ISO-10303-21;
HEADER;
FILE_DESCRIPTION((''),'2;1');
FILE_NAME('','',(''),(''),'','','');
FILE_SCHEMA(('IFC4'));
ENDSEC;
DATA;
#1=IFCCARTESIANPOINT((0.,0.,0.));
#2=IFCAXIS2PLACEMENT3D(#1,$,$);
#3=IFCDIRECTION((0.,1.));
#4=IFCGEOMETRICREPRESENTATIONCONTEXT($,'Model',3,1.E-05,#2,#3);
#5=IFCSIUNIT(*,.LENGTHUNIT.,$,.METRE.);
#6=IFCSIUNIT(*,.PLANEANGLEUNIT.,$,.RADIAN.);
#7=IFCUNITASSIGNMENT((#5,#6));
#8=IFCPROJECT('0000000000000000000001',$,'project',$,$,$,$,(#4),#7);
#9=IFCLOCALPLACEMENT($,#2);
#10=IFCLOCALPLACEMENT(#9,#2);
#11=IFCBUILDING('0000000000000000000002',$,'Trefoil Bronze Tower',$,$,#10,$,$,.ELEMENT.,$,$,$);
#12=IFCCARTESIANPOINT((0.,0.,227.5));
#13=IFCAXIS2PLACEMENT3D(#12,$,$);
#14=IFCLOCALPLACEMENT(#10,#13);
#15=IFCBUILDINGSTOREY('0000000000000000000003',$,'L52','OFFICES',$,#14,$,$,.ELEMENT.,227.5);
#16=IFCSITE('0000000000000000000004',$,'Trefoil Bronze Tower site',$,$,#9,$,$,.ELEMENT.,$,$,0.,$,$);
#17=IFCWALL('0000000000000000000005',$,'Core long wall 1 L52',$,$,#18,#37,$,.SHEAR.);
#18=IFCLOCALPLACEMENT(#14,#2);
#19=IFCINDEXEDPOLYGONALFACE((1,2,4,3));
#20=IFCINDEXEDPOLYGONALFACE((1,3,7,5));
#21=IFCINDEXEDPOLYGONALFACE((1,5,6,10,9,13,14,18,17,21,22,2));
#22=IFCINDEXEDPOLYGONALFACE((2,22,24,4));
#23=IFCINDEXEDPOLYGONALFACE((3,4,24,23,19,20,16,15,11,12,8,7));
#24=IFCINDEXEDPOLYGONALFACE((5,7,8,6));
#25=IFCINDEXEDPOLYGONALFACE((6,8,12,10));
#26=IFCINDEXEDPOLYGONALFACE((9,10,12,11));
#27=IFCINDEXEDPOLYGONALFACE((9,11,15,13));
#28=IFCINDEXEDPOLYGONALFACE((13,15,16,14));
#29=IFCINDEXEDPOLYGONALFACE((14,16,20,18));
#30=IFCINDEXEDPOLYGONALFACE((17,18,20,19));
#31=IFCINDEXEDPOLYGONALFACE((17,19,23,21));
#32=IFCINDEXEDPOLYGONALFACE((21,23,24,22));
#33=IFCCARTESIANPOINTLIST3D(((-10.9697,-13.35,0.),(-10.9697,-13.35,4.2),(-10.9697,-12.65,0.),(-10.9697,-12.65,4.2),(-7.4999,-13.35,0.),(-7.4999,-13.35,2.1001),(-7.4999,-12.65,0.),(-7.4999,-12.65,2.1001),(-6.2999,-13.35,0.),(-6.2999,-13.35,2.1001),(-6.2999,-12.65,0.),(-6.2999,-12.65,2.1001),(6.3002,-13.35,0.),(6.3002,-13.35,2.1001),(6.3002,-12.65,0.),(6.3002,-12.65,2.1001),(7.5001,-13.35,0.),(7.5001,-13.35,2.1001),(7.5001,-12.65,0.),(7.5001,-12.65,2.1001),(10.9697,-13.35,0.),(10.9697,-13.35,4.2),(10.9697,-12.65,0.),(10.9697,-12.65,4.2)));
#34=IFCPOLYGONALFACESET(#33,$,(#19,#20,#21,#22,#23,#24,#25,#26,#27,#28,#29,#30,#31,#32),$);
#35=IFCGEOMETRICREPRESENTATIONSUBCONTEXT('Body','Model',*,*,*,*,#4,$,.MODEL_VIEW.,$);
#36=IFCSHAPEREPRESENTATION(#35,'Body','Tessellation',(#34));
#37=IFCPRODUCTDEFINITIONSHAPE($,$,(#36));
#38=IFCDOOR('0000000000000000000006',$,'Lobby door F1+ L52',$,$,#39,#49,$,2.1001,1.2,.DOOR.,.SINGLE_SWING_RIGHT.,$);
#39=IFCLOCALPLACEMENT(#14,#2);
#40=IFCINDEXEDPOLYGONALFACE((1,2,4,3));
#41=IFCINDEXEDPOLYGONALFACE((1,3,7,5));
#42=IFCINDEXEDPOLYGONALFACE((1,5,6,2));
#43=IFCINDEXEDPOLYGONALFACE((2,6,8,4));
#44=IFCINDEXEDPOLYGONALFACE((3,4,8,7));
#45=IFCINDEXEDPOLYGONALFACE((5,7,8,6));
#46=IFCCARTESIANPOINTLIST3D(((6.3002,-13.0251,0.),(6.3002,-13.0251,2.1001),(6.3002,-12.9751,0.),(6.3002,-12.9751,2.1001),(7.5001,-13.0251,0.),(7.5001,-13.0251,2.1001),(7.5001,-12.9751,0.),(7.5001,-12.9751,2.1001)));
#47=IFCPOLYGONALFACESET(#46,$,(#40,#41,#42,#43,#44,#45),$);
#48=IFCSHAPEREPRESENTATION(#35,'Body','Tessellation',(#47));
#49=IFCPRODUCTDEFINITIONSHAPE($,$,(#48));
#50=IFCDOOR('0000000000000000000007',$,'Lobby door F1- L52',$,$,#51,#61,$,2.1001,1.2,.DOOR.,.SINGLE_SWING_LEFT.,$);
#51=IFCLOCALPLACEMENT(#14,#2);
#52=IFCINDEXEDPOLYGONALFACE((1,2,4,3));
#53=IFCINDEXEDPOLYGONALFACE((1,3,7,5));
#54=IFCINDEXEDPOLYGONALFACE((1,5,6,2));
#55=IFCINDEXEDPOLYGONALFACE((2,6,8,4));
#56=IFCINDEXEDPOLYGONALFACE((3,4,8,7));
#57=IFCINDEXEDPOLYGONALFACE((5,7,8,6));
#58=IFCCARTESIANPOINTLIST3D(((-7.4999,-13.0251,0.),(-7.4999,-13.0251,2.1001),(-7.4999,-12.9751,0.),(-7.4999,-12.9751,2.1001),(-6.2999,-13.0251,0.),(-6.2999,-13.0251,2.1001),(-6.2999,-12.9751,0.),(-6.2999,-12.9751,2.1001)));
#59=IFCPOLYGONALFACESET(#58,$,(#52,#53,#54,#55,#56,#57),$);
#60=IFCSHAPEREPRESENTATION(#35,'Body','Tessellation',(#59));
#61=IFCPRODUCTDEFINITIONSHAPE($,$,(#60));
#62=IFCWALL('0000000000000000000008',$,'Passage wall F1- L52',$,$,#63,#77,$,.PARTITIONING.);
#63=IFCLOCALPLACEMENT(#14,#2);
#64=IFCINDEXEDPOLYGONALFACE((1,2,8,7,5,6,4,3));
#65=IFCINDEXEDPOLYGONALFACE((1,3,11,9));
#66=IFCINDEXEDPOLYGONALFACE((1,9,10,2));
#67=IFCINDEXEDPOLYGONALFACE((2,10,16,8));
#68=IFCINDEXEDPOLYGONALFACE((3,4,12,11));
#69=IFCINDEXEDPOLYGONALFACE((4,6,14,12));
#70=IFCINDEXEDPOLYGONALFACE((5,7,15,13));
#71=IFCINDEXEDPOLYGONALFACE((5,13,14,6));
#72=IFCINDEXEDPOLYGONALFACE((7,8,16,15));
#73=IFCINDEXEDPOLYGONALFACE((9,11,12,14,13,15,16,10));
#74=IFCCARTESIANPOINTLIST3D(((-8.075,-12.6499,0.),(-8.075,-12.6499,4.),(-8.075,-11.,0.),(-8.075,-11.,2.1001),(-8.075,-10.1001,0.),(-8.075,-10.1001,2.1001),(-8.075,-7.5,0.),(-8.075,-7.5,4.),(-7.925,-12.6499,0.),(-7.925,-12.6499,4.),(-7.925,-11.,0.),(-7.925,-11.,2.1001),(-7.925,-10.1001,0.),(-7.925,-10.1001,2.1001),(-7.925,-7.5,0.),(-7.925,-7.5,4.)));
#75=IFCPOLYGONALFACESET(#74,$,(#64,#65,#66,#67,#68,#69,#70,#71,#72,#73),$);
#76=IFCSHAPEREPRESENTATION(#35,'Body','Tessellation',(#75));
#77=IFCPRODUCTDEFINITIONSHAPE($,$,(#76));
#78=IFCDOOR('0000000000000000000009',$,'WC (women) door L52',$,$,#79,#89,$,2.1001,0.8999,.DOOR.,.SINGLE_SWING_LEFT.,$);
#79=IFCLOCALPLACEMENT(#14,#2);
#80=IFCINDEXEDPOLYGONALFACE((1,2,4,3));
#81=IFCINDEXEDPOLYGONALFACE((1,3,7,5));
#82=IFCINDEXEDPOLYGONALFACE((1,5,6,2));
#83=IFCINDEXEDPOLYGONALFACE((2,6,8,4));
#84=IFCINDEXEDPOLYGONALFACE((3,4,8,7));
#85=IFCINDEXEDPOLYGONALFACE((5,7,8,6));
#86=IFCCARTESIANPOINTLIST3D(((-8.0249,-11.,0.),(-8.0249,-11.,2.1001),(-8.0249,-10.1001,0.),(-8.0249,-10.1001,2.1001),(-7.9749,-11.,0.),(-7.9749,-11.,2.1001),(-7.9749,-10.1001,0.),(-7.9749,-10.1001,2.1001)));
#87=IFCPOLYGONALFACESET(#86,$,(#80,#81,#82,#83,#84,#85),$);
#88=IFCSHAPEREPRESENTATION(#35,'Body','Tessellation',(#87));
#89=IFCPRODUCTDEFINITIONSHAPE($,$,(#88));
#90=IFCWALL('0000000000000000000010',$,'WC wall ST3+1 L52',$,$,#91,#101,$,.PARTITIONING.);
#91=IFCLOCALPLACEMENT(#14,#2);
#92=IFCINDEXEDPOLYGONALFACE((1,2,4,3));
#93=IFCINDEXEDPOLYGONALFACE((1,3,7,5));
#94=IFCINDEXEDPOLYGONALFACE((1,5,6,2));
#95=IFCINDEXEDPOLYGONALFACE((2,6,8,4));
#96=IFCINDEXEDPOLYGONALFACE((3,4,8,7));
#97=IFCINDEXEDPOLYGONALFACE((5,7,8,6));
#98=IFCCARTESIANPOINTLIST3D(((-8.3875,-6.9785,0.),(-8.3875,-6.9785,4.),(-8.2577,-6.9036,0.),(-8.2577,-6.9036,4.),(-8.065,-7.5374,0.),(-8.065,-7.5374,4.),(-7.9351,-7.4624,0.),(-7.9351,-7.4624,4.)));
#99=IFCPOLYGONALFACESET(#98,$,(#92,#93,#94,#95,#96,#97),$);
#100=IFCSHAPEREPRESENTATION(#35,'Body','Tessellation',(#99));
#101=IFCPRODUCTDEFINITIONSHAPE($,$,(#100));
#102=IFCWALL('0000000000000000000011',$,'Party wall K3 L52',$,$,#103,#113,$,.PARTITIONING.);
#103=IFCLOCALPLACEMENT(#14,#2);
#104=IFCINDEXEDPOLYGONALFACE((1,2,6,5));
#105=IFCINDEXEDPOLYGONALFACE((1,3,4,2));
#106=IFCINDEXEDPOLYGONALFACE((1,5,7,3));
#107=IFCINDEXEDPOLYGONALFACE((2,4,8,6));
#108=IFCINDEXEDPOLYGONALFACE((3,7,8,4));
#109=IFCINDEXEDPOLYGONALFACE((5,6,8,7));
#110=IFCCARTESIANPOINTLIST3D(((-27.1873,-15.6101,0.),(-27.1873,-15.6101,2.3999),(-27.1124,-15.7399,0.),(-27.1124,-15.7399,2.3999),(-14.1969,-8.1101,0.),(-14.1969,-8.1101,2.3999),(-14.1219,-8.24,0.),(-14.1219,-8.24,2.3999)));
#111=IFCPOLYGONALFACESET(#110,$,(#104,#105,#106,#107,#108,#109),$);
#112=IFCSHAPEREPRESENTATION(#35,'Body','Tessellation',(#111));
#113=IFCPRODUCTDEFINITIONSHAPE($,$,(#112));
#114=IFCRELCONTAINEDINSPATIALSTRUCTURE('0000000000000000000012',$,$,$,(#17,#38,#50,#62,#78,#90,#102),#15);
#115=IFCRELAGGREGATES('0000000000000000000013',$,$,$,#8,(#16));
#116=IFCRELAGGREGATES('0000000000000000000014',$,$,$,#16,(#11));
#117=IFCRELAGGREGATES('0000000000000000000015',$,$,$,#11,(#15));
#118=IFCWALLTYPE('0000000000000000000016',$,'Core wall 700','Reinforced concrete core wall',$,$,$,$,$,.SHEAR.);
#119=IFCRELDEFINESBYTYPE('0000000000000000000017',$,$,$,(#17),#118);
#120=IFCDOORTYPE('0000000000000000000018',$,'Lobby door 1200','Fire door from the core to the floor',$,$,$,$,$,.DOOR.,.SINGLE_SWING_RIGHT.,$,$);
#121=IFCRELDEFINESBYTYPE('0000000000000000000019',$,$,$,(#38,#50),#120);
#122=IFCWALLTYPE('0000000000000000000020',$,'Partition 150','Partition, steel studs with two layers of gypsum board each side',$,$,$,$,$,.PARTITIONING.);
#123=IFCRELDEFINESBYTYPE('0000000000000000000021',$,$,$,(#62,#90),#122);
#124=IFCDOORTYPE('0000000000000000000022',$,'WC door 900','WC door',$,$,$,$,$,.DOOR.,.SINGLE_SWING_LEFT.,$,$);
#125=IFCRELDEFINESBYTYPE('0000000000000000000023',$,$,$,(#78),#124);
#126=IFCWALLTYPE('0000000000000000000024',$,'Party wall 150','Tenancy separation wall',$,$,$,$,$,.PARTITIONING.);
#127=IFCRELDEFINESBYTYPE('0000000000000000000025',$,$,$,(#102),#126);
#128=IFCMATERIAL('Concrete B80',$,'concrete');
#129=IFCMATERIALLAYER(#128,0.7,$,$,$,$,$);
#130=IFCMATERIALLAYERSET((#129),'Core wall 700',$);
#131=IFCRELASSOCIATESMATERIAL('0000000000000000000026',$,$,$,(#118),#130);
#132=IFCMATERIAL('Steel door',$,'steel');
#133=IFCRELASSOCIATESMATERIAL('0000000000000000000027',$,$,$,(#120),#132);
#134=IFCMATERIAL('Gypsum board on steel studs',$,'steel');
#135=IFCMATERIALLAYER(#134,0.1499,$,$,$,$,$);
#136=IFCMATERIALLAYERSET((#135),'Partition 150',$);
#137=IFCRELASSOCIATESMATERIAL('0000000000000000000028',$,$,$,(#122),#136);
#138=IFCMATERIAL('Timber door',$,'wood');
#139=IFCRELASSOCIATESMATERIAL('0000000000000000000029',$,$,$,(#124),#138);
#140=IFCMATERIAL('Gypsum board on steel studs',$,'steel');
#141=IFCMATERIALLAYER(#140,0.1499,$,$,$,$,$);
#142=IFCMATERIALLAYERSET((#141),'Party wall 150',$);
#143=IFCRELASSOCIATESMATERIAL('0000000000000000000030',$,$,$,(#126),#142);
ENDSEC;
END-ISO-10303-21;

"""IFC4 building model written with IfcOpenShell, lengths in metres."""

from ifc_helpers import new_model, si_unit, direction, frame, frame_2d, origin, place, context, subcontext, project, spatial, rectangle, extrude, material, layer, layer_set, type_object, element, fill, save


model = new_model("IFC4")

# Units and contexts
model_context = context("Model", 3, precision=1e-05, world=origin(), true_north=direction((0.0, 1.0)))
body_context = subcontext(model_context, "Body", "Model", "MODEL_VIEW")
ifc_project = project(units=[si_unit("LENGTHUNIT", "METRE"), si_unit("PLANEANGLEUNIT", "RADIAN")], contexts=[model_context])

# Site, building, storey
site_placement = place(None, origin())
site = spatial("IfcSite", under=ifc_project, at=site_placement, Name="Trefoil Bronze Tower site", CompositionType="ELEMENT", RefElevation=0.0)
building_placement = place(site_placement, origin())
building = spatial("IfcBuilding", under=site, at=building_placement, Name="Trefoil Bronze Tower", CompositionType="ELEMENT")
storey_placement = place(building_placement, frame((0.0, 0.0, 227.5)))
storey = spatial("IfcBuildingStorey", under=building, at=storey_placement, Name="L52", Description="OFFICES", CompositionType="ELEMENT", Elevation=227.5)

# Wall, openings, doors
ifc_material_1 = material(Name="Concrete B80", Category="concrete")
ifc_layer_1 = layer(ifc_material_1, 0.7)
ifc_layer_set_1 = layer_set([ifc_layer_1], Name="Core wall 700")
wall_type_1 = type_object("IfcWallType", Name="Core wall 700", Description="Reinforced concrete core wall", PredefinedType="SHEAR", material=ifc_layer_set_1)
wall_1_placement = place(storey_placement, frame((-10.9697, -13.0, 0.0), z_axis=(0.0, 0.0, 1.0), x_axis=(1.0, 0.0, 0.0)))
wall_1 = element("IfcWall", 1, at=wall_1_placement, inside=storey, type_object=wall_type_1, Name="Core long wall 1 L52", PredefinedType="SHEAR", context=body_context, shape_type="SweptSolid", body=[
    extrude(rectangle(XDim=21.9395, YDim=0.7, at=frame_2d((10.9697, 0.0))), origin(), (0.0, 0.0, 1.0), 4.2),
])
opening_1_placement = place(wall_1_placement, frame((17.2698, 0.0, 0.0)))
opening_1 = element("IfcOpeningElement", 2, at=opening_1_placement, cuts=wall_1, PredefinedType="OPENING", context=body_context, shape_type="SweptSolid", body=[
    extrude(rectangle(XDim=1.2, YDim=2.1001, at=frame_2d((0.6001, 1.05))), frame((0.0, 0.3599, 0.0), z_axis=(0.0, -1.0, 0.0), x_axis=(1.0, 0.0, 0.0)), (0.0, 0.0, 1.0), 0.72),
])
opening_2_placement = place(wall_1_placement, frame((3.4697, 0.0, 0.0)))
opening_2 = element("IfcOpeningElement", 3, at=opening_2_placement, cuts=wall_1, PredefinedType="OPENING", context=body_context, shape_type="SweptSolid", body=[
    extrude(rectangle(XDim=1.2, YDim=2.1001, at=frame_2d((0.6001, 1.05))), frame((0.0, 0.3599, 0.0), z_axis=(0.0, -1.0, 0.0), x_axis=(1.0, 0.0, 0.0)), (0.0, 0.0, 1.0), 0.72),
])
ifc_material_2 = material(Name="Steel door", Category="steel")
door_type_1 = type_object("IfcDoorType", Name="Lobby door 1200", Description="Fire door from the core to the floor", OperationType="SINGLE_SWING_RIGHT", PredefinedType="DOOR", material=ifc_material_2)
door_1_placement = place(opening_1_placement, origin())
door_1 = element("IfcDoor", 4, at=door_1_placement, inside=storey, type_object=door_type_1, Name="Lobby door F1+ L52", OperationType="SINGLE_SWING_RIGHT", OverallHeight=2.1001, OverallWidth=1.2, PredefinedType="DOOR", context=body_context, shape_type="SweptSolid", body=[
    extrude(rectangle(XDim=1.2, YDim=2.1001, at=frame_2d((0.6001, 1.05))), frame((0.0, 0.0249, 0.0), z_axis=(0.0, -1.0, 0.0), x_axis=(1.0, 0.0, 0.0)), (0.0, 0.0, 1.0), 0.05),
])
fill(opening_1, door_1)
door_2_placement = place(opening_2_placement, origin())
door_2 = element("IfcDoor", 5, at=door_2_placement, inside=storey, type_object=door_type_1, Name="Lobby door F1- L52", OperationType="SINGLE_SWING_LEFT", OverallHeight=2.1001, OverallWidth=1.2, PredefinedType="DOOR", context=body_context, shape_type="SweptSolid", body=[
    extrude(rectangle(XDim=1.2, YDim=2.1001, at=frame_2d((0.6001, 1.05))), frame((0.0, 0.0249, 0.0), z_axis=(0.0, -1.0, 0.0), x_axis=(1.0, 0.0, 0.0)), (0.0, 0.0, 1.0), 0.05),
])
fill(opening_2, door_2)

# Wall, opening, door
ifc_material_3 = material(Name="Gypsum board on steel studs", Category="steel")
ifc_layer_2 = layer(ifc_material_3, 0.1499)
ifc_layer_set_2 = layer_set([ifc_layer_2], Name="Partition 150")
wall_type_2 = type_object("IfcWallType", Name="Partition 150", Description="Partition, steel studs with two layers of gypsum board each side", PredefinedType="PARTITIONING", material=ifc_layer_set_2)
wall_2_placement = place(storey_placement, frame((-8.0, -7.5, 0.0), z_axis=(0.0, 0.0, 1.0), x_axis=(0.0, -1.0, 0.0)))
wall_2 = element("IfcWall", 6, at=wall_2_placement, inside=storey, type_object=wall_type_2, Name="Passage wall F1- L52", PredefinedType="PARTITIONING", context=body_context, shape_type="SweptSolid", body=[
    extrude(rectangle(XDim=5.1499, YDim=0.1499, at=frame_2d((2.575, 0.0))), origin(), (0.0, 0.0, 1.0), 4.0),
])
opening_3_placement = place(wall_2_placement, frame((2.6001, 0.0, 0.0)))
opening_3 = element("IfcOpeningElement", 7, at=opening_3_placement, cuts=wall_2, PredefinedType="OPENING", context=body_context, shape_type="SweptSolid", body=[
    extrude(rectangle(XDim=0.8999, YDim=2.1001, at=frame_2d((0.45, 1.05))), frame((0.0, 0.085, 0.0), z_axis=(0.0, -1.0, 0.0), x_axis=(1.0, 0.0, 0.0)), (0.0, 0.0, 1.0), 0.1699),
])
ifc_material_4 = material(Name="Timber door", Category="wood")
door_type_2 = type_object("IfcDoorType", Name="WC door 900", Description="WC door", OperationType="SINGLE_SWING_LEFT", PredefinedType="DOOR", material=ifc_material_4)
door_3_placement = place(opening_3_placement, frame((0.8999, 0.0, 0.0), z_axis=(0.0, 0.0, 1.0), x_axis=(-1.0, 0.0, 0.0)))
door_3 = element("IfcDoor", 8, at=door_3_placement, inside=storey, type_object=door_type_2, Name="WC (women) door L52", OperationType="SINGLE_SWING_LEFT", OverallHeight=2.1001, OverallWidth=0.8999, PredefinedType="DOOR", context=body_context, shape_type="SweptSolid", body=[
    extrude(rectangle(XDim=0.8999, YDim=2.1001, at=frame_2d((0.45, 1.05))), frame((0.0, 0.0249, 0.0), z_axis=(0.0, -1.0, 0.0), x_axis=(1.0, 0.0, 0.0)), (0.0, 0.0, 1.0), 0.05),
])
fill(opening_3, door_3)

# Walls
wall_3_placement = place(storey_placement, frame((-8.0, -7.5, 0.0), z_axis=(0.0, 0.0, 1.0), x_axis=(-0.499843, 0.866116, 0.0)))
element("IfcWall", 9, at=wall_3_placement, inside=storey, type_object=wall_type_2, Name="WC wall ST3+1 L52", PredefinedType="PARTITIONING", context=body_context, shape_type="SweptSolid", body=[
    extrude(rectangle(XDim=0.6453, YDim=0.1499, at=frame_2d((0.3228, 0.0))), origin(), (0.0, 0.0, 1.0), 4.0),
])
ifc_material_5 = material(Name="Gypsum board on steel studs", Category="steel")
ifc_layer_3 = layer(ifc_material_5, 0.1499)
ifc_layer_set_3 = layer_set([ifc_layer_3], Name="Party wall 150")
wall_type_3 = type_object("IfcWallType", Name="Party wall 150", Description="Tenancy separation wall", PredefinedType="PARTITIONING", material=ifc_layer_set_3)
wall_4_placement = place(storey_placement, frame((-14.1594, -8.175, 0.0), z_axis=(0.0, 0.0, 1.0), x_axis=(-0.866027, -0.499997, 0.0)))
element("IfcWall", 10, at=wall_4_placement, inside=storey, type_object=wall_type_3, Name="Party wall K3 L52", PredefinedType="PARTITIONING", context=body_context, shape_type="SweptSolid", body=[
    extrude(rectangle(XDim=15.0, YDim=0.1499, at=frame_2d((7.5, 0.0))), origin(), (0.0, 0.0, 1.0), 2.3999),
])

save(model, "model.ifc")
